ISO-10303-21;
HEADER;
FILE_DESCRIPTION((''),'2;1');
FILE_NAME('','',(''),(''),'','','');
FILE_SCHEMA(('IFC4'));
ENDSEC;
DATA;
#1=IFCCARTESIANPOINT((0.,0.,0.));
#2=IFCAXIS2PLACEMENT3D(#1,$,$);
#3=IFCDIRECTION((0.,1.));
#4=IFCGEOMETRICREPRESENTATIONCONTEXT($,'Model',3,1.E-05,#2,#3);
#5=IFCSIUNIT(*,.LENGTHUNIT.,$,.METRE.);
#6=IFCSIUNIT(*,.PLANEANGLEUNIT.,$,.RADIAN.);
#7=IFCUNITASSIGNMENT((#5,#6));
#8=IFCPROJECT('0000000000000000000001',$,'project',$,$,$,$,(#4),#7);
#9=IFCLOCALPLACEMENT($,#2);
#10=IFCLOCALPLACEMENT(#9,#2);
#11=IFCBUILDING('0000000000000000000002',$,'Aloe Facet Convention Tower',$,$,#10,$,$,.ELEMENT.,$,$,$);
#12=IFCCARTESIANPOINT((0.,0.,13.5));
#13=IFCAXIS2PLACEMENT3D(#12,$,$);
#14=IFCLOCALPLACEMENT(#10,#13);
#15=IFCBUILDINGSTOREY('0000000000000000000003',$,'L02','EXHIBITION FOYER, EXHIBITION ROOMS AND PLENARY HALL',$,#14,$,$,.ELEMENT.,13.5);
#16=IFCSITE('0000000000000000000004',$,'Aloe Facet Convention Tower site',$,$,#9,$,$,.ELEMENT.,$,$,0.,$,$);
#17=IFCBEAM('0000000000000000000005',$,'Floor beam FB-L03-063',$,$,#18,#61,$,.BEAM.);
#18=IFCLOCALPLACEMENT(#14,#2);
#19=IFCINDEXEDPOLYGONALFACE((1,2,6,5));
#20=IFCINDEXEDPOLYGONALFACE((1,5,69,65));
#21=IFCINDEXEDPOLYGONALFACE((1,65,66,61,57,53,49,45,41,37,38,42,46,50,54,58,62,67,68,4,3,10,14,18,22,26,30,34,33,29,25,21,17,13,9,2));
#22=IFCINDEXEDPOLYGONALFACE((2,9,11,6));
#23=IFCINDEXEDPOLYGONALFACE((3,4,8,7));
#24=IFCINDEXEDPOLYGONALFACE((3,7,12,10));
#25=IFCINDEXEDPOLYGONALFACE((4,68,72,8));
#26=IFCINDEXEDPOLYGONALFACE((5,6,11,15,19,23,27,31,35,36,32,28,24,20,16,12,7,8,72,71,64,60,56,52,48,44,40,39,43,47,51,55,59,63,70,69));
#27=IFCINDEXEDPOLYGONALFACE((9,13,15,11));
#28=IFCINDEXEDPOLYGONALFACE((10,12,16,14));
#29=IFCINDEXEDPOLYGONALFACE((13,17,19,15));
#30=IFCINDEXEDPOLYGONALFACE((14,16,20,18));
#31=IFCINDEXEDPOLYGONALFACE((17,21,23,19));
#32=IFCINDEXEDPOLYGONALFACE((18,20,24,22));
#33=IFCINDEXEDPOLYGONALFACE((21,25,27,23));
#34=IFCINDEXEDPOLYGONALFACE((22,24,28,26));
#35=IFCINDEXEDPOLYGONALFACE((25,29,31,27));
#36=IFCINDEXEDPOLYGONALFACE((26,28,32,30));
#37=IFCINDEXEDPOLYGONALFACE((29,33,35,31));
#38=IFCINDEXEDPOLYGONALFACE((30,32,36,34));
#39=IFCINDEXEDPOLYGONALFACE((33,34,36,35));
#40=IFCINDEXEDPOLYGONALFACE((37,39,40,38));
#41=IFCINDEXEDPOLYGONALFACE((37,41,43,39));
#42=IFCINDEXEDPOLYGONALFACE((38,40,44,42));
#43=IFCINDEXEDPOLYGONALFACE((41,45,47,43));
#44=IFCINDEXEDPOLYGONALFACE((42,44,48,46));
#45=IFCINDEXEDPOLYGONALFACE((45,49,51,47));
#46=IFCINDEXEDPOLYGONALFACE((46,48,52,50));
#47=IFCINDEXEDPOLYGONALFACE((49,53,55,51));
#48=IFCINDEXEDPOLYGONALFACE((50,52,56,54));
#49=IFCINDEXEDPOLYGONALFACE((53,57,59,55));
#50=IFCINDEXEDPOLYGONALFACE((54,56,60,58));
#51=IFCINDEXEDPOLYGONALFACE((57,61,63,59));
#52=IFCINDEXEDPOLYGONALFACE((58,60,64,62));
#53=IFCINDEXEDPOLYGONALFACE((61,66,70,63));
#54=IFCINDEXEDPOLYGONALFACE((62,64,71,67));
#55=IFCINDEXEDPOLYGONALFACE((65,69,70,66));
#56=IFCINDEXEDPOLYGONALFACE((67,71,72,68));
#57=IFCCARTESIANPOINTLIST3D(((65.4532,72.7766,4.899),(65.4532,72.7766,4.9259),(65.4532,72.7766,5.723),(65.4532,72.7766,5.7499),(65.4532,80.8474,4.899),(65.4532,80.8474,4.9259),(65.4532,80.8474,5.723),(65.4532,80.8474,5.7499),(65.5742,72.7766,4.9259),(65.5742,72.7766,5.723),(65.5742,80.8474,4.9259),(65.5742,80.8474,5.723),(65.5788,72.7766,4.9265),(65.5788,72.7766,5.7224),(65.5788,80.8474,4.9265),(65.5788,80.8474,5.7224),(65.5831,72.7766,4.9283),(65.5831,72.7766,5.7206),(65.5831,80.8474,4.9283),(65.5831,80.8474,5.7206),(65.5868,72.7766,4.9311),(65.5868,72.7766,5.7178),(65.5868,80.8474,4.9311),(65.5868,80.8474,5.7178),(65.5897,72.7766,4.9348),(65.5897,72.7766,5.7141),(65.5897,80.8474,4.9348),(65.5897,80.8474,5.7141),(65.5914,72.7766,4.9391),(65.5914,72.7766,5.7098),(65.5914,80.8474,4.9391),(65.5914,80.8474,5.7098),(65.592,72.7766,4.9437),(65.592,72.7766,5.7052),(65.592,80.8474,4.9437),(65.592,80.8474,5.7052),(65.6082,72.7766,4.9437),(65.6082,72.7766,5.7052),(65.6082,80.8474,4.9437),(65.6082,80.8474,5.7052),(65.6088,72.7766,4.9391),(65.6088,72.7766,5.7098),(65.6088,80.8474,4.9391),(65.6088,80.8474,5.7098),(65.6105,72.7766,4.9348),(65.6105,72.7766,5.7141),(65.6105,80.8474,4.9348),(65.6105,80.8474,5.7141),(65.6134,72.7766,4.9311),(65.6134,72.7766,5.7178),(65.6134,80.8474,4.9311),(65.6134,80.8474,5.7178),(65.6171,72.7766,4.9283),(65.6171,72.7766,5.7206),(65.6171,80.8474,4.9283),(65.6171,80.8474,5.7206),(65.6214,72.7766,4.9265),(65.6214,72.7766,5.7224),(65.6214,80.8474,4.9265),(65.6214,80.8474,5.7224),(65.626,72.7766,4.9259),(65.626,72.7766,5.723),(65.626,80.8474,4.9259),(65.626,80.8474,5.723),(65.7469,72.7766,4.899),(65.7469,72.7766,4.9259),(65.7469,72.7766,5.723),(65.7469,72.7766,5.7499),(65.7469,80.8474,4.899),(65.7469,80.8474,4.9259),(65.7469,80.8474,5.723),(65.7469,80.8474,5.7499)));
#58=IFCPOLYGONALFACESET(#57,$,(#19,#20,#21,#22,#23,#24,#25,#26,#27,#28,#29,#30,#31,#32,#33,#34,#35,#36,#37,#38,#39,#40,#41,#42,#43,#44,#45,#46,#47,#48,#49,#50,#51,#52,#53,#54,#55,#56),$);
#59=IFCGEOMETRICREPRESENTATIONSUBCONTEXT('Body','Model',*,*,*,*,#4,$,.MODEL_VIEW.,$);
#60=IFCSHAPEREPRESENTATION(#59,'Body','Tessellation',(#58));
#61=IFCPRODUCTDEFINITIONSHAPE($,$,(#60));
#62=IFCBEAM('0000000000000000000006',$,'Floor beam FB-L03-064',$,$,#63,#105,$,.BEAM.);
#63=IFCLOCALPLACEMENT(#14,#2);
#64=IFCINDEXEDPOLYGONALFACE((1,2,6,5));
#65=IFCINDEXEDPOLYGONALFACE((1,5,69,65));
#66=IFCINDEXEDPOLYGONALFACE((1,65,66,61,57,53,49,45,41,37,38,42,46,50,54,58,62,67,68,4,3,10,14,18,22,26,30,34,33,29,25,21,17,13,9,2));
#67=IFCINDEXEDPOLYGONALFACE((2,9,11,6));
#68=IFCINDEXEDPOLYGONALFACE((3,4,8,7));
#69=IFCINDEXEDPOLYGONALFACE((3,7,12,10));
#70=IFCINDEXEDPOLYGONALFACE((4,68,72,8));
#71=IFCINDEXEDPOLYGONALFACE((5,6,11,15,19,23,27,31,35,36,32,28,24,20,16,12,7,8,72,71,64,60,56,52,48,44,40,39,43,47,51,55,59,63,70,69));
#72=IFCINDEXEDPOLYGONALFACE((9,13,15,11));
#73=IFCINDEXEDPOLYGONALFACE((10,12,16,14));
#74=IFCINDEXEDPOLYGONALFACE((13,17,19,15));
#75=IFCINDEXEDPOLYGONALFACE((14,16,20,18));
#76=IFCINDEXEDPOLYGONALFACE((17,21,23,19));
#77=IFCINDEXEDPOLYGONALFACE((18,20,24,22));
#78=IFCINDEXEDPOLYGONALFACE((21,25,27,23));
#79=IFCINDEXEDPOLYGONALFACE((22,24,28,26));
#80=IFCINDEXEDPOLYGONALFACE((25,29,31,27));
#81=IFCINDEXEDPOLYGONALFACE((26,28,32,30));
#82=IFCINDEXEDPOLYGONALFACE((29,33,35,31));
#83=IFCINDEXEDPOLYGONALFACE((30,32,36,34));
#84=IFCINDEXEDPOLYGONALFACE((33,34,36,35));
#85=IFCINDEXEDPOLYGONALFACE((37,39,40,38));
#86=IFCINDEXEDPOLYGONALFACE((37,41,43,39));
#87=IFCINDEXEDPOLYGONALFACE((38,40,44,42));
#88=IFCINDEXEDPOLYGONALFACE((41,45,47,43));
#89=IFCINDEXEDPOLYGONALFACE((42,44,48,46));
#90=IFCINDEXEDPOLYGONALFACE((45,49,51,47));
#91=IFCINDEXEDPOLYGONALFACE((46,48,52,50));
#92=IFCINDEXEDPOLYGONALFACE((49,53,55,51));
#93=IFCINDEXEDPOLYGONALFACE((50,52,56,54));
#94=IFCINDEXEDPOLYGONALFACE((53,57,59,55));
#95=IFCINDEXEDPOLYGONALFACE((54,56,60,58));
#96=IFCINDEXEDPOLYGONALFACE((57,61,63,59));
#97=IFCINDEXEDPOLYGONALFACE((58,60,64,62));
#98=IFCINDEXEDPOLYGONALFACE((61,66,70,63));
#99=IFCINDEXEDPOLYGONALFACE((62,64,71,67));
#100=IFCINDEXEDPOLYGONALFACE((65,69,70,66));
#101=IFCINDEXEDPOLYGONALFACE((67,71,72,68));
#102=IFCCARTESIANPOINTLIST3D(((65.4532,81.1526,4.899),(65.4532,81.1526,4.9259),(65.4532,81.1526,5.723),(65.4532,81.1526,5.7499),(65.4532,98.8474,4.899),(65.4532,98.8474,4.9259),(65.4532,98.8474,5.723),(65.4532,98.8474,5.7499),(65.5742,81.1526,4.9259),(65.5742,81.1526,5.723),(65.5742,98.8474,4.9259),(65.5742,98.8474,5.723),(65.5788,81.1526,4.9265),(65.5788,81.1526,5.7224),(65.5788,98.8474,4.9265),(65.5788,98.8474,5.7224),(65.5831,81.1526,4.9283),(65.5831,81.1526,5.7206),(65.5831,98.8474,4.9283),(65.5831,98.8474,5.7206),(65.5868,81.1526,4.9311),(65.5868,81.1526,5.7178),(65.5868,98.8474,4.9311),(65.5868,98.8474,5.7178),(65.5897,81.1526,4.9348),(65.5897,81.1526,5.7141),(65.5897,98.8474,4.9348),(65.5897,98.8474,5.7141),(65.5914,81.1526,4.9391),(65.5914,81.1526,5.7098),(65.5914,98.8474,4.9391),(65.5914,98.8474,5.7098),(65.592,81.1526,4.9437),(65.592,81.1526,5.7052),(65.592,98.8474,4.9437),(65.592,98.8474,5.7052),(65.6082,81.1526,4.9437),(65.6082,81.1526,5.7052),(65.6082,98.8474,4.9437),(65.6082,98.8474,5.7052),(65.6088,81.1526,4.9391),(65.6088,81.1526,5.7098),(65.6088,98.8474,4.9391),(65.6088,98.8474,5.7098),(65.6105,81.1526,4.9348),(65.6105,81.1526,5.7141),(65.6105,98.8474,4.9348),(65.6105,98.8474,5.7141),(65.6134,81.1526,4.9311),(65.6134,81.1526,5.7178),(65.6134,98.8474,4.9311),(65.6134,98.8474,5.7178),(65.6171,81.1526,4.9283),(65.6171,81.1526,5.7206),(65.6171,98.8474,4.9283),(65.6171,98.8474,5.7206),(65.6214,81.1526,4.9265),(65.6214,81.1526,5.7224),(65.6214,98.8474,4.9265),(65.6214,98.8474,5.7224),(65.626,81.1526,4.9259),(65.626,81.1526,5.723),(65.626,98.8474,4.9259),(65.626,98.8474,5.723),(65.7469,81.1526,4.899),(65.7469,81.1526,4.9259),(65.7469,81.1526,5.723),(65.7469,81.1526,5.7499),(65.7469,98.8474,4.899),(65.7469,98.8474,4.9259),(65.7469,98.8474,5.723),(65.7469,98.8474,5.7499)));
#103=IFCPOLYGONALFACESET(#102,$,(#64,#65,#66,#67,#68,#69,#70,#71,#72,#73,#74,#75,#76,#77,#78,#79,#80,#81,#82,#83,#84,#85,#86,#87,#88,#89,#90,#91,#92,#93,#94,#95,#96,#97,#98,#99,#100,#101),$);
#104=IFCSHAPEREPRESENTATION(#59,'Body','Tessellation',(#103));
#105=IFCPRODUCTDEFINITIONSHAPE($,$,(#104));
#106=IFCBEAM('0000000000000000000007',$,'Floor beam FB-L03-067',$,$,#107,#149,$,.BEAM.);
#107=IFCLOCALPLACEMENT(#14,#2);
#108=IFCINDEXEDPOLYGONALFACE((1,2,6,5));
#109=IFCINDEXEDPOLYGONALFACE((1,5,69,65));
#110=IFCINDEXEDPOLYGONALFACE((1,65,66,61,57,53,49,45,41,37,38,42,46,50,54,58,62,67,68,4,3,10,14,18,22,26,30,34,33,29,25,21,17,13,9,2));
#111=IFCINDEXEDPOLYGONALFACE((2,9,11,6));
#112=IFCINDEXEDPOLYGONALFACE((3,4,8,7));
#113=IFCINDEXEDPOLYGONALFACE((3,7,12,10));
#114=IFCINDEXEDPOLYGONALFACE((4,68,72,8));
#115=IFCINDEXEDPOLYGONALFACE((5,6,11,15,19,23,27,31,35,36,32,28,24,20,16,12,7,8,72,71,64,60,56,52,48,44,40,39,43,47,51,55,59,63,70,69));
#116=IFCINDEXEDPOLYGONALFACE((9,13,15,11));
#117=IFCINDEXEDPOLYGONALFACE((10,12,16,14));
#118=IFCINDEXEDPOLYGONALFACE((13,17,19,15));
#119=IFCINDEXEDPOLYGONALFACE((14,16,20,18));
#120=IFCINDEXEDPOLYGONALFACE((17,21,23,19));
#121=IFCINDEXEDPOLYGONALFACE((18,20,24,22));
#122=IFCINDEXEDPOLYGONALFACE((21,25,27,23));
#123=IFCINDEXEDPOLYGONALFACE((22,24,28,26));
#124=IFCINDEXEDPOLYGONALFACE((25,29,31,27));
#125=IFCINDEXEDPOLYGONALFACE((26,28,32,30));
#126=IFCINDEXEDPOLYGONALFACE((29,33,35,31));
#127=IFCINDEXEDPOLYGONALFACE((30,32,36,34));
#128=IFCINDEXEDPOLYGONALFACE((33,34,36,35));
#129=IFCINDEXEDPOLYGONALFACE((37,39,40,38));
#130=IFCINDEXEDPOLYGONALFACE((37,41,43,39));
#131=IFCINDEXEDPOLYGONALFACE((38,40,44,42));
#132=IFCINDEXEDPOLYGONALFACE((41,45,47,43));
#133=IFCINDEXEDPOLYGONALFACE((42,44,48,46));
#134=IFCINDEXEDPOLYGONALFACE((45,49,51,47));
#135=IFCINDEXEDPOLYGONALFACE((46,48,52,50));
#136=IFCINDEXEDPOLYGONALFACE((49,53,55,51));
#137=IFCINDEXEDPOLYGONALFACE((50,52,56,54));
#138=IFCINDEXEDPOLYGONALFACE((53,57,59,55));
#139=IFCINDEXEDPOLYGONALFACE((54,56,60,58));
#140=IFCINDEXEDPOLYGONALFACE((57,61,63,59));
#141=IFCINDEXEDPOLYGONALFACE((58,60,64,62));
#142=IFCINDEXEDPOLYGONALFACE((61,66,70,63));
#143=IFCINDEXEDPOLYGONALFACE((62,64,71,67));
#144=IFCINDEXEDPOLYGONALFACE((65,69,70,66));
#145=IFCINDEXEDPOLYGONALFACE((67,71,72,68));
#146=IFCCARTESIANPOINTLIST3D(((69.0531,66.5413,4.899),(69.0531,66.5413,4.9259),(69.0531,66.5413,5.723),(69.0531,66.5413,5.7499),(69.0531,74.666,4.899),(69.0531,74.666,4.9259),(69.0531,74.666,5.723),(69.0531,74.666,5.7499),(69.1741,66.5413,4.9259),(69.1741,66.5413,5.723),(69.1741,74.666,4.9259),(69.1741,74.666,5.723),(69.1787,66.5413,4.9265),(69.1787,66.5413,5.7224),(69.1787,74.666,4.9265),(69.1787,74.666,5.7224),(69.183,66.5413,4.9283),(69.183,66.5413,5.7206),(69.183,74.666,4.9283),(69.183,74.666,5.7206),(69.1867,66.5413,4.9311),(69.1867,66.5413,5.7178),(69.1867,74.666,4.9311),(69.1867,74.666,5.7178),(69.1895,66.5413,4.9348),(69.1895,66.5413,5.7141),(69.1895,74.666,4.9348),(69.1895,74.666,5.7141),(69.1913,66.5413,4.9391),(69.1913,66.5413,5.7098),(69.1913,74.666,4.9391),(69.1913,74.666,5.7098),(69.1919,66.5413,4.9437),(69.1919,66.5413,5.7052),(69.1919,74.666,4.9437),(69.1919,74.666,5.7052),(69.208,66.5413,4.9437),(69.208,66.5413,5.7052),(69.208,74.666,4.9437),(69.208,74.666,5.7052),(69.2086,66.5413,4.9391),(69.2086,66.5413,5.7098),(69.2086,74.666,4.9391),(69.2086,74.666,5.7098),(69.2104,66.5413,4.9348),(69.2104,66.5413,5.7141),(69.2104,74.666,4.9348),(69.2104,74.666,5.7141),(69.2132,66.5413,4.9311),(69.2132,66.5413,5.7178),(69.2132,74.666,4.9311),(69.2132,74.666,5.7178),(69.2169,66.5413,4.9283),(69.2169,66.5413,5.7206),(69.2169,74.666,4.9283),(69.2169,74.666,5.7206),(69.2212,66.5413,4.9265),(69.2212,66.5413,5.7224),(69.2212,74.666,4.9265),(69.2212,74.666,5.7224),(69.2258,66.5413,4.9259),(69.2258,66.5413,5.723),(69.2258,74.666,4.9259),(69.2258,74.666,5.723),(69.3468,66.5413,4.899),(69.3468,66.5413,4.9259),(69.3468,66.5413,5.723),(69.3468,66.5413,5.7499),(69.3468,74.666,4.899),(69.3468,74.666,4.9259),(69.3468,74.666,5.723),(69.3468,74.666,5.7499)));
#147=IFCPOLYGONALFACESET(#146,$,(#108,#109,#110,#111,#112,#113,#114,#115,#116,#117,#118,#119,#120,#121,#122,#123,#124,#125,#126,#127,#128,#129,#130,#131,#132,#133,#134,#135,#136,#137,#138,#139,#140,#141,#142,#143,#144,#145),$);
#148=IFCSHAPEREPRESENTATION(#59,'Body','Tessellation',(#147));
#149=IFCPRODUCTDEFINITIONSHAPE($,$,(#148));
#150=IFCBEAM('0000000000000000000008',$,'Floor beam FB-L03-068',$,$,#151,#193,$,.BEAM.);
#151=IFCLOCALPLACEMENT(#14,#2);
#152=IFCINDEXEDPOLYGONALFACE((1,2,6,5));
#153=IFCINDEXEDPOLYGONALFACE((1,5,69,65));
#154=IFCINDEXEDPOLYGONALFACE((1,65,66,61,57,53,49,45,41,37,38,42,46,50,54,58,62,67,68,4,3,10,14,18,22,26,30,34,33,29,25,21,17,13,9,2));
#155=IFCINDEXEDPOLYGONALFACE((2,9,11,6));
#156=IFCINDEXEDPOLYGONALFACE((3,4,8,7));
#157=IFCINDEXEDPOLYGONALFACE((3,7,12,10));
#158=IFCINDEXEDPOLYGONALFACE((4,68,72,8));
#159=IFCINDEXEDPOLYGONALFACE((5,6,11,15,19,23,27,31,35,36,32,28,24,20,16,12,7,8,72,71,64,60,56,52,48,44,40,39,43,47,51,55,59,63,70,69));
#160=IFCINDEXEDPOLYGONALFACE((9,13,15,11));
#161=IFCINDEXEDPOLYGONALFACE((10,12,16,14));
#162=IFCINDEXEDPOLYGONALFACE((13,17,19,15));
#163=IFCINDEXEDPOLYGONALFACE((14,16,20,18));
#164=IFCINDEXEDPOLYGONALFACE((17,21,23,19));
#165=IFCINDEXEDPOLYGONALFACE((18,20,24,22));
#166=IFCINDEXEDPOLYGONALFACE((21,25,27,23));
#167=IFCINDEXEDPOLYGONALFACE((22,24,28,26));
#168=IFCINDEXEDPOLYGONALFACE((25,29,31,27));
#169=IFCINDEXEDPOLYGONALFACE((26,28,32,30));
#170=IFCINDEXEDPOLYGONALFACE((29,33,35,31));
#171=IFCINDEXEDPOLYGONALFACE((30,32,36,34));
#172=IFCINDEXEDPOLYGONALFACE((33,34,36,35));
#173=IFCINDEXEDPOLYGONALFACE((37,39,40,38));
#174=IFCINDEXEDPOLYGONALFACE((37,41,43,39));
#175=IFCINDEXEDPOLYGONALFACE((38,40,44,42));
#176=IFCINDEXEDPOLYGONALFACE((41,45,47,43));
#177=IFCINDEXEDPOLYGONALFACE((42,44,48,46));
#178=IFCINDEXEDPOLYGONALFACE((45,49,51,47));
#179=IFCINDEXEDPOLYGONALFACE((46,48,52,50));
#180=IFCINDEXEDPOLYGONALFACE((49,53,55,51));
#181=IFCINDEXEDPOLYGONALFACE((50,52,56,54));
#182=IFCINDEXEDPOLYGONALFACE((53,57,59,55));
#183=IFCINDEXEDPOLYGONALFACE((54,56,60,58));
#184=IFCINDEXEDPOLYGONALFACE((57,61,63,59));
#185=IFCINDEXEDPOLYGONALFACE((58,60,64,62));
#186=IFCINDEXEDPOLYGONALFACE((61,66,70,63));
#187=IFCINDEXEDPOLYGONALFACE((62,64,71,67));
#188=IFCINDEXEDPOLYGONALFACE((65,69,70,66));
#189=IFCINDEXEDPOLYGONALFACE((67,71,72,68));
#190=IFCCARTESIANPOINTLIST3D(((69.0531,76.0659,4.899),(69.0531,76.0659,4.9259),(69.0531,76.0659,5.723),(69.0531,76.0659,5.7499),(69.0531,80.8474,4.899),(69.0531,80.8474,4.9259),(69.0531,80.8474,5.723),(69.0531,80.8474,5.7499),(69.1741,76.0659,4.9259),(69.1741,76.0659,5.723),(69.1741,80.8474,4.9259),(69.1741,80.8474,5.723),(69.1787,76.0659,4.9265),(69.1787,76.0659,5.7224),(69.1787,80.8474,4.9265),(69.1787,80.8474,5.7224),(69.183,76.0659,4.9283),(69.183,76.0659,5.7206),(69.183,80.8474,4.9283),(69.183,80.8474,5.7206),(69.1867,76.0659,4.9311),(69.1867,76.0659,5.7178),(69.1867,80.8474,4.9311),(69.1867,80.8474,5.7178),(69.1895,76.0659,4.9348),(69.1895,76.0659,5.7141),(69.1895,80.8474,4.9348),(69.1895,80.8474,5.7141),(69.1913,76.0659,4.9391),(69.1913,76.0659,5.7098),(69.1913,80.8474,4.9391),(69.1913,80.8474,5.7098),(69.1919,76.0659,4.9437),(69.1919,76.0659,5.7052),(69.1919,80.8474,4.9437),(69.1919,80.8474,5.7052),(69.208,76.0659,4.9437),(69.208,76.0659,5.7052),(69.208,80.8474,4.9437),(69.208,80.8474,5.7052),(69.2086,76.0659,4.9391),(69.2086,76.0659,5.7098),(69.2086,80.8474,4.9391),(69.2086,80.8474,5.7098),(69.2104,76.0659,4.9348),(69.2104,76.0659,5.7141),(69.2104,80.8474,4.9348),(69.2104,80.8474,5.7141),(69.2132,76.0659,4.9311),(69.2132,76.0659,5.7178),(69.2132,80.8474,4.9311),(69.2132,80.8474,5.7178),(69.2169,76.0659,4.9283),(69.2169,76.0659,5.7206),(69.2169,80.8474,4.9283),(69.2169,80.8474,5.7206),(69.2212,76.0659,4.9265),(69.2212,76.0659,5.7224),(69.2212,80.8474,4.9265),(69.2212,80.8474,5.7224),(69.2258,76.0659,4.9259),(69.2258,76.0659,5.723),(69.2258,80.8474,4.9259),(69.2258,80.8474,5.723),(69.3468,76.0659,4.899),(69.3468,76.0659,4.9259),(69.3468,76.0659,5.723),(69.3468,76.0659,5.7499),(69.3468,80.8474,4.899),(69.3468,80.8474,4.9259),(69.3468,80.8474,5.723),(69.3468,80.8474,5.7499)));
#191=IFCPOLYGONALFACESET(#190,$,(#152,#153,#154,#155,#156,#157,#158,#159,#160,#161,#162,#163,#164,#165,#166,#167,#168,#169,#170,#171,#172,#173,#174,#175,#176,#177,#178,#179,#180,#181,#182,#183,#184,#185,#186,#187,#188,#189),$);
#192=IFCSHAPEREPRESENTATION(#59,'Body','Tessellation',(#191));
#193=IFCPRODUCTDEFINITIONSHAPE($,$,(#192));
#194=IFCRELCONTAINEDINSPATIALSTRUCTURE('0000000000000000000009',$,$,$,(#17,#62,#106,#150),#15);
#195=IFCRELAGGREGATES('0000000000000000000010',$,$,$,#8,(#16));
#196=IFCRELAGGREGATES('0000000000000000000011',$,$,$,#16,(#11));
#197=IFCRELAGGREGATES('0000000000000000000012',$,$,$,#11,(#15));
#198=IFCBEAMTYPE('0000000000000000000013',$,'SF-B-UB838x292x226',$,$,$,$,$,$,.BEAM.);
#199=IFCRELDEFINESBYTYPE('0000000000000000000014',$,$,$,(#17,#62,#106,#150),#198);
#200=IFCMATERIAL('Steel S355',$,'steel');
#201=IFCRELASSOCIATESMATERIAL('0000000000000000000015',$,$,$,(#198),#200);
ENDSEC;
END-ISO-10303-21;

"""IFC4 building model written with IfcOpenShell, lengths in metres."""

from ifc_helpers import new_model, si_unit, direction, frame, origin, origin_2d, place, context, subcontext, project, spatial, i_section, extrude, material, material_profile, profile_set, type_object, element, save


model = new_model("IFC4")

# Units and contexts
model_context = context("Model", 3, precision=1e-05, world=origin(), true_north=direction((0.0, 1.0)))
body_context = subcontext(model_context, "Body", "Model", "MODEL_VIEW")
ifc_project = project(units=[si_unit("LENGTHUNIT", "METRE"), si_unit("PLANEANGLEUNIT", "RADIAN")], contexts=[model_context])

# Site, building, storey
site_placement = place(None, origin())
site = spatial("IfcSite", under=ifc_project, at=site_placement, Name="Aloe Facet Convention Tower site", CompositionType="ELEMENT", RefElevation=0.0)
building_placement = place(site_placement, origin())
building = spatial("IfcBuilding", under=site, at=building_placement, Name="Aloe Facet Convention Tower", CompositionType="ELEMENT")
storey_placement = place(building_placement, frame((0.0, 0.0, 13.5)))
storey = spatial("IfcBuildingStorey", under=building, at=storey_placement, Name="L02", Description="EXHIBITION FOYER, EXHIBITION ROOMS AND PLENARY HALL", CompositionType="ELEMENT", Elevation=13.5)

# Beams
ifc_material_1 = material(Name="Steel S355", Category="steel")
ifc_material_profile_1 = material_profile(ifc_material_1, i_section(OverallWidth=0.2937, OverallDepth=0.8508, WebThickness=0.0161, FlangeThickness=0.0269, FilletRadius=0.0178, at=origin_2d()), Name="UB 838x292x226")
ifc_profile_set_1 = profile_set([ifc_material_profile_1], Name="Steel S355")
beam_type_1 = type_object("IfcBeamType", Name="SF-B-UB838x292x226", PredefinedType="BEAM", material=ifc_profile_set_1)
beam_1_placement = place(storey_placement, frame((65.6001, 72.7766, 5.3245), z_axis=(0.0, 1.0, 0.0), x_axis=(-1.0, 0.0, 0.0)))
element("IfcBeam", 1, at=beam_1_placement, inside=storey, type_object=beam_type_1, Name="Floor beam FB-L03-063", PredefinedType="BEAM", context=body_context, shape_type="SweptSolid", body=[
    extrude(i_section(OverallWidth=0.2937, OverallDepth=0.8508, WebThickness=0.0161, FlangeThickness=0.0269, FilletRadius=0.0178, at=origin_2d()), origin(), (0.0, 0.0, 1.0), 8.0708),
])
beam_2_placement = place(storey_placement, frame((65.6001, 81.1526, 5.3245), z_axis=(0.0, 1.0, 0.0), x_axis=(-1.0, 0.0, 0.0)))
element("IfcBeam", 2, at=beam_2_placement, inside=storey, type_object=beam_type_1, Name="Floor beam FB-L03-064", PredefinedType="BEAM", context=body_context, shape_type="SweptSolid", body=[
    extrude(i_section(OverallWidth=0.2937, OverallDepth=0.8508, WebThickness=0.0161, FlangeThickness=0.0269, FilletRadius=0.0178, at=origin_2d()), origin(), (0.0, 0.0, 1.0), 17.6948),
])
beam_3_placement = place(storey_placement, frame((69.2, 66.5413, 5.3245), z_axis=(0.0, 1.0, 0.0), x_axis=(-1.0, 0.0, 0.0)))
element("IfcBeam", 3, at=beam_3_placement, inside=storey, type_object=beam_type_1, Name="Floor beam FB-L03-067", PredefinedType="BEAM", context=body_context, shape_type="SweptSolid", body=[
    extrude(i_section(OverallWidth=0.2937, OverallDepth=0.8508, WebThickness=0.0161, FlangeThickness=0.0269, FilletRadius=0.0178, at=origin_2d()), origin(), (0.0, 0.0, 1.0), 8.1248),
])
beam_4_placement = place(storey_placement, frame((69.2, 76.0659, 5.3245), z_axis=(0.0, 1.0, 0.0), x_axis=(-1.0, 0.0, 0.0)))
element("IfcBeam", 4, at=beam_4_placement, inside=storey, type_object=beam_type_1, Name="Floor beam FB-L03-068", PredefinedType="BEAM", context=body_context, shape_type="SweptSolid", body=[
    extrude(i_section(OverallWidth=0.2937, OverallDepth=0.8508, WebThickness=0.0161, FlangeThickness=0.0269, FilletRadius=0.0178, at=origin_2d()), origin(), (0.0, 0.0, 1.0), 4.7815),
])

save(model, "model.ifc")
